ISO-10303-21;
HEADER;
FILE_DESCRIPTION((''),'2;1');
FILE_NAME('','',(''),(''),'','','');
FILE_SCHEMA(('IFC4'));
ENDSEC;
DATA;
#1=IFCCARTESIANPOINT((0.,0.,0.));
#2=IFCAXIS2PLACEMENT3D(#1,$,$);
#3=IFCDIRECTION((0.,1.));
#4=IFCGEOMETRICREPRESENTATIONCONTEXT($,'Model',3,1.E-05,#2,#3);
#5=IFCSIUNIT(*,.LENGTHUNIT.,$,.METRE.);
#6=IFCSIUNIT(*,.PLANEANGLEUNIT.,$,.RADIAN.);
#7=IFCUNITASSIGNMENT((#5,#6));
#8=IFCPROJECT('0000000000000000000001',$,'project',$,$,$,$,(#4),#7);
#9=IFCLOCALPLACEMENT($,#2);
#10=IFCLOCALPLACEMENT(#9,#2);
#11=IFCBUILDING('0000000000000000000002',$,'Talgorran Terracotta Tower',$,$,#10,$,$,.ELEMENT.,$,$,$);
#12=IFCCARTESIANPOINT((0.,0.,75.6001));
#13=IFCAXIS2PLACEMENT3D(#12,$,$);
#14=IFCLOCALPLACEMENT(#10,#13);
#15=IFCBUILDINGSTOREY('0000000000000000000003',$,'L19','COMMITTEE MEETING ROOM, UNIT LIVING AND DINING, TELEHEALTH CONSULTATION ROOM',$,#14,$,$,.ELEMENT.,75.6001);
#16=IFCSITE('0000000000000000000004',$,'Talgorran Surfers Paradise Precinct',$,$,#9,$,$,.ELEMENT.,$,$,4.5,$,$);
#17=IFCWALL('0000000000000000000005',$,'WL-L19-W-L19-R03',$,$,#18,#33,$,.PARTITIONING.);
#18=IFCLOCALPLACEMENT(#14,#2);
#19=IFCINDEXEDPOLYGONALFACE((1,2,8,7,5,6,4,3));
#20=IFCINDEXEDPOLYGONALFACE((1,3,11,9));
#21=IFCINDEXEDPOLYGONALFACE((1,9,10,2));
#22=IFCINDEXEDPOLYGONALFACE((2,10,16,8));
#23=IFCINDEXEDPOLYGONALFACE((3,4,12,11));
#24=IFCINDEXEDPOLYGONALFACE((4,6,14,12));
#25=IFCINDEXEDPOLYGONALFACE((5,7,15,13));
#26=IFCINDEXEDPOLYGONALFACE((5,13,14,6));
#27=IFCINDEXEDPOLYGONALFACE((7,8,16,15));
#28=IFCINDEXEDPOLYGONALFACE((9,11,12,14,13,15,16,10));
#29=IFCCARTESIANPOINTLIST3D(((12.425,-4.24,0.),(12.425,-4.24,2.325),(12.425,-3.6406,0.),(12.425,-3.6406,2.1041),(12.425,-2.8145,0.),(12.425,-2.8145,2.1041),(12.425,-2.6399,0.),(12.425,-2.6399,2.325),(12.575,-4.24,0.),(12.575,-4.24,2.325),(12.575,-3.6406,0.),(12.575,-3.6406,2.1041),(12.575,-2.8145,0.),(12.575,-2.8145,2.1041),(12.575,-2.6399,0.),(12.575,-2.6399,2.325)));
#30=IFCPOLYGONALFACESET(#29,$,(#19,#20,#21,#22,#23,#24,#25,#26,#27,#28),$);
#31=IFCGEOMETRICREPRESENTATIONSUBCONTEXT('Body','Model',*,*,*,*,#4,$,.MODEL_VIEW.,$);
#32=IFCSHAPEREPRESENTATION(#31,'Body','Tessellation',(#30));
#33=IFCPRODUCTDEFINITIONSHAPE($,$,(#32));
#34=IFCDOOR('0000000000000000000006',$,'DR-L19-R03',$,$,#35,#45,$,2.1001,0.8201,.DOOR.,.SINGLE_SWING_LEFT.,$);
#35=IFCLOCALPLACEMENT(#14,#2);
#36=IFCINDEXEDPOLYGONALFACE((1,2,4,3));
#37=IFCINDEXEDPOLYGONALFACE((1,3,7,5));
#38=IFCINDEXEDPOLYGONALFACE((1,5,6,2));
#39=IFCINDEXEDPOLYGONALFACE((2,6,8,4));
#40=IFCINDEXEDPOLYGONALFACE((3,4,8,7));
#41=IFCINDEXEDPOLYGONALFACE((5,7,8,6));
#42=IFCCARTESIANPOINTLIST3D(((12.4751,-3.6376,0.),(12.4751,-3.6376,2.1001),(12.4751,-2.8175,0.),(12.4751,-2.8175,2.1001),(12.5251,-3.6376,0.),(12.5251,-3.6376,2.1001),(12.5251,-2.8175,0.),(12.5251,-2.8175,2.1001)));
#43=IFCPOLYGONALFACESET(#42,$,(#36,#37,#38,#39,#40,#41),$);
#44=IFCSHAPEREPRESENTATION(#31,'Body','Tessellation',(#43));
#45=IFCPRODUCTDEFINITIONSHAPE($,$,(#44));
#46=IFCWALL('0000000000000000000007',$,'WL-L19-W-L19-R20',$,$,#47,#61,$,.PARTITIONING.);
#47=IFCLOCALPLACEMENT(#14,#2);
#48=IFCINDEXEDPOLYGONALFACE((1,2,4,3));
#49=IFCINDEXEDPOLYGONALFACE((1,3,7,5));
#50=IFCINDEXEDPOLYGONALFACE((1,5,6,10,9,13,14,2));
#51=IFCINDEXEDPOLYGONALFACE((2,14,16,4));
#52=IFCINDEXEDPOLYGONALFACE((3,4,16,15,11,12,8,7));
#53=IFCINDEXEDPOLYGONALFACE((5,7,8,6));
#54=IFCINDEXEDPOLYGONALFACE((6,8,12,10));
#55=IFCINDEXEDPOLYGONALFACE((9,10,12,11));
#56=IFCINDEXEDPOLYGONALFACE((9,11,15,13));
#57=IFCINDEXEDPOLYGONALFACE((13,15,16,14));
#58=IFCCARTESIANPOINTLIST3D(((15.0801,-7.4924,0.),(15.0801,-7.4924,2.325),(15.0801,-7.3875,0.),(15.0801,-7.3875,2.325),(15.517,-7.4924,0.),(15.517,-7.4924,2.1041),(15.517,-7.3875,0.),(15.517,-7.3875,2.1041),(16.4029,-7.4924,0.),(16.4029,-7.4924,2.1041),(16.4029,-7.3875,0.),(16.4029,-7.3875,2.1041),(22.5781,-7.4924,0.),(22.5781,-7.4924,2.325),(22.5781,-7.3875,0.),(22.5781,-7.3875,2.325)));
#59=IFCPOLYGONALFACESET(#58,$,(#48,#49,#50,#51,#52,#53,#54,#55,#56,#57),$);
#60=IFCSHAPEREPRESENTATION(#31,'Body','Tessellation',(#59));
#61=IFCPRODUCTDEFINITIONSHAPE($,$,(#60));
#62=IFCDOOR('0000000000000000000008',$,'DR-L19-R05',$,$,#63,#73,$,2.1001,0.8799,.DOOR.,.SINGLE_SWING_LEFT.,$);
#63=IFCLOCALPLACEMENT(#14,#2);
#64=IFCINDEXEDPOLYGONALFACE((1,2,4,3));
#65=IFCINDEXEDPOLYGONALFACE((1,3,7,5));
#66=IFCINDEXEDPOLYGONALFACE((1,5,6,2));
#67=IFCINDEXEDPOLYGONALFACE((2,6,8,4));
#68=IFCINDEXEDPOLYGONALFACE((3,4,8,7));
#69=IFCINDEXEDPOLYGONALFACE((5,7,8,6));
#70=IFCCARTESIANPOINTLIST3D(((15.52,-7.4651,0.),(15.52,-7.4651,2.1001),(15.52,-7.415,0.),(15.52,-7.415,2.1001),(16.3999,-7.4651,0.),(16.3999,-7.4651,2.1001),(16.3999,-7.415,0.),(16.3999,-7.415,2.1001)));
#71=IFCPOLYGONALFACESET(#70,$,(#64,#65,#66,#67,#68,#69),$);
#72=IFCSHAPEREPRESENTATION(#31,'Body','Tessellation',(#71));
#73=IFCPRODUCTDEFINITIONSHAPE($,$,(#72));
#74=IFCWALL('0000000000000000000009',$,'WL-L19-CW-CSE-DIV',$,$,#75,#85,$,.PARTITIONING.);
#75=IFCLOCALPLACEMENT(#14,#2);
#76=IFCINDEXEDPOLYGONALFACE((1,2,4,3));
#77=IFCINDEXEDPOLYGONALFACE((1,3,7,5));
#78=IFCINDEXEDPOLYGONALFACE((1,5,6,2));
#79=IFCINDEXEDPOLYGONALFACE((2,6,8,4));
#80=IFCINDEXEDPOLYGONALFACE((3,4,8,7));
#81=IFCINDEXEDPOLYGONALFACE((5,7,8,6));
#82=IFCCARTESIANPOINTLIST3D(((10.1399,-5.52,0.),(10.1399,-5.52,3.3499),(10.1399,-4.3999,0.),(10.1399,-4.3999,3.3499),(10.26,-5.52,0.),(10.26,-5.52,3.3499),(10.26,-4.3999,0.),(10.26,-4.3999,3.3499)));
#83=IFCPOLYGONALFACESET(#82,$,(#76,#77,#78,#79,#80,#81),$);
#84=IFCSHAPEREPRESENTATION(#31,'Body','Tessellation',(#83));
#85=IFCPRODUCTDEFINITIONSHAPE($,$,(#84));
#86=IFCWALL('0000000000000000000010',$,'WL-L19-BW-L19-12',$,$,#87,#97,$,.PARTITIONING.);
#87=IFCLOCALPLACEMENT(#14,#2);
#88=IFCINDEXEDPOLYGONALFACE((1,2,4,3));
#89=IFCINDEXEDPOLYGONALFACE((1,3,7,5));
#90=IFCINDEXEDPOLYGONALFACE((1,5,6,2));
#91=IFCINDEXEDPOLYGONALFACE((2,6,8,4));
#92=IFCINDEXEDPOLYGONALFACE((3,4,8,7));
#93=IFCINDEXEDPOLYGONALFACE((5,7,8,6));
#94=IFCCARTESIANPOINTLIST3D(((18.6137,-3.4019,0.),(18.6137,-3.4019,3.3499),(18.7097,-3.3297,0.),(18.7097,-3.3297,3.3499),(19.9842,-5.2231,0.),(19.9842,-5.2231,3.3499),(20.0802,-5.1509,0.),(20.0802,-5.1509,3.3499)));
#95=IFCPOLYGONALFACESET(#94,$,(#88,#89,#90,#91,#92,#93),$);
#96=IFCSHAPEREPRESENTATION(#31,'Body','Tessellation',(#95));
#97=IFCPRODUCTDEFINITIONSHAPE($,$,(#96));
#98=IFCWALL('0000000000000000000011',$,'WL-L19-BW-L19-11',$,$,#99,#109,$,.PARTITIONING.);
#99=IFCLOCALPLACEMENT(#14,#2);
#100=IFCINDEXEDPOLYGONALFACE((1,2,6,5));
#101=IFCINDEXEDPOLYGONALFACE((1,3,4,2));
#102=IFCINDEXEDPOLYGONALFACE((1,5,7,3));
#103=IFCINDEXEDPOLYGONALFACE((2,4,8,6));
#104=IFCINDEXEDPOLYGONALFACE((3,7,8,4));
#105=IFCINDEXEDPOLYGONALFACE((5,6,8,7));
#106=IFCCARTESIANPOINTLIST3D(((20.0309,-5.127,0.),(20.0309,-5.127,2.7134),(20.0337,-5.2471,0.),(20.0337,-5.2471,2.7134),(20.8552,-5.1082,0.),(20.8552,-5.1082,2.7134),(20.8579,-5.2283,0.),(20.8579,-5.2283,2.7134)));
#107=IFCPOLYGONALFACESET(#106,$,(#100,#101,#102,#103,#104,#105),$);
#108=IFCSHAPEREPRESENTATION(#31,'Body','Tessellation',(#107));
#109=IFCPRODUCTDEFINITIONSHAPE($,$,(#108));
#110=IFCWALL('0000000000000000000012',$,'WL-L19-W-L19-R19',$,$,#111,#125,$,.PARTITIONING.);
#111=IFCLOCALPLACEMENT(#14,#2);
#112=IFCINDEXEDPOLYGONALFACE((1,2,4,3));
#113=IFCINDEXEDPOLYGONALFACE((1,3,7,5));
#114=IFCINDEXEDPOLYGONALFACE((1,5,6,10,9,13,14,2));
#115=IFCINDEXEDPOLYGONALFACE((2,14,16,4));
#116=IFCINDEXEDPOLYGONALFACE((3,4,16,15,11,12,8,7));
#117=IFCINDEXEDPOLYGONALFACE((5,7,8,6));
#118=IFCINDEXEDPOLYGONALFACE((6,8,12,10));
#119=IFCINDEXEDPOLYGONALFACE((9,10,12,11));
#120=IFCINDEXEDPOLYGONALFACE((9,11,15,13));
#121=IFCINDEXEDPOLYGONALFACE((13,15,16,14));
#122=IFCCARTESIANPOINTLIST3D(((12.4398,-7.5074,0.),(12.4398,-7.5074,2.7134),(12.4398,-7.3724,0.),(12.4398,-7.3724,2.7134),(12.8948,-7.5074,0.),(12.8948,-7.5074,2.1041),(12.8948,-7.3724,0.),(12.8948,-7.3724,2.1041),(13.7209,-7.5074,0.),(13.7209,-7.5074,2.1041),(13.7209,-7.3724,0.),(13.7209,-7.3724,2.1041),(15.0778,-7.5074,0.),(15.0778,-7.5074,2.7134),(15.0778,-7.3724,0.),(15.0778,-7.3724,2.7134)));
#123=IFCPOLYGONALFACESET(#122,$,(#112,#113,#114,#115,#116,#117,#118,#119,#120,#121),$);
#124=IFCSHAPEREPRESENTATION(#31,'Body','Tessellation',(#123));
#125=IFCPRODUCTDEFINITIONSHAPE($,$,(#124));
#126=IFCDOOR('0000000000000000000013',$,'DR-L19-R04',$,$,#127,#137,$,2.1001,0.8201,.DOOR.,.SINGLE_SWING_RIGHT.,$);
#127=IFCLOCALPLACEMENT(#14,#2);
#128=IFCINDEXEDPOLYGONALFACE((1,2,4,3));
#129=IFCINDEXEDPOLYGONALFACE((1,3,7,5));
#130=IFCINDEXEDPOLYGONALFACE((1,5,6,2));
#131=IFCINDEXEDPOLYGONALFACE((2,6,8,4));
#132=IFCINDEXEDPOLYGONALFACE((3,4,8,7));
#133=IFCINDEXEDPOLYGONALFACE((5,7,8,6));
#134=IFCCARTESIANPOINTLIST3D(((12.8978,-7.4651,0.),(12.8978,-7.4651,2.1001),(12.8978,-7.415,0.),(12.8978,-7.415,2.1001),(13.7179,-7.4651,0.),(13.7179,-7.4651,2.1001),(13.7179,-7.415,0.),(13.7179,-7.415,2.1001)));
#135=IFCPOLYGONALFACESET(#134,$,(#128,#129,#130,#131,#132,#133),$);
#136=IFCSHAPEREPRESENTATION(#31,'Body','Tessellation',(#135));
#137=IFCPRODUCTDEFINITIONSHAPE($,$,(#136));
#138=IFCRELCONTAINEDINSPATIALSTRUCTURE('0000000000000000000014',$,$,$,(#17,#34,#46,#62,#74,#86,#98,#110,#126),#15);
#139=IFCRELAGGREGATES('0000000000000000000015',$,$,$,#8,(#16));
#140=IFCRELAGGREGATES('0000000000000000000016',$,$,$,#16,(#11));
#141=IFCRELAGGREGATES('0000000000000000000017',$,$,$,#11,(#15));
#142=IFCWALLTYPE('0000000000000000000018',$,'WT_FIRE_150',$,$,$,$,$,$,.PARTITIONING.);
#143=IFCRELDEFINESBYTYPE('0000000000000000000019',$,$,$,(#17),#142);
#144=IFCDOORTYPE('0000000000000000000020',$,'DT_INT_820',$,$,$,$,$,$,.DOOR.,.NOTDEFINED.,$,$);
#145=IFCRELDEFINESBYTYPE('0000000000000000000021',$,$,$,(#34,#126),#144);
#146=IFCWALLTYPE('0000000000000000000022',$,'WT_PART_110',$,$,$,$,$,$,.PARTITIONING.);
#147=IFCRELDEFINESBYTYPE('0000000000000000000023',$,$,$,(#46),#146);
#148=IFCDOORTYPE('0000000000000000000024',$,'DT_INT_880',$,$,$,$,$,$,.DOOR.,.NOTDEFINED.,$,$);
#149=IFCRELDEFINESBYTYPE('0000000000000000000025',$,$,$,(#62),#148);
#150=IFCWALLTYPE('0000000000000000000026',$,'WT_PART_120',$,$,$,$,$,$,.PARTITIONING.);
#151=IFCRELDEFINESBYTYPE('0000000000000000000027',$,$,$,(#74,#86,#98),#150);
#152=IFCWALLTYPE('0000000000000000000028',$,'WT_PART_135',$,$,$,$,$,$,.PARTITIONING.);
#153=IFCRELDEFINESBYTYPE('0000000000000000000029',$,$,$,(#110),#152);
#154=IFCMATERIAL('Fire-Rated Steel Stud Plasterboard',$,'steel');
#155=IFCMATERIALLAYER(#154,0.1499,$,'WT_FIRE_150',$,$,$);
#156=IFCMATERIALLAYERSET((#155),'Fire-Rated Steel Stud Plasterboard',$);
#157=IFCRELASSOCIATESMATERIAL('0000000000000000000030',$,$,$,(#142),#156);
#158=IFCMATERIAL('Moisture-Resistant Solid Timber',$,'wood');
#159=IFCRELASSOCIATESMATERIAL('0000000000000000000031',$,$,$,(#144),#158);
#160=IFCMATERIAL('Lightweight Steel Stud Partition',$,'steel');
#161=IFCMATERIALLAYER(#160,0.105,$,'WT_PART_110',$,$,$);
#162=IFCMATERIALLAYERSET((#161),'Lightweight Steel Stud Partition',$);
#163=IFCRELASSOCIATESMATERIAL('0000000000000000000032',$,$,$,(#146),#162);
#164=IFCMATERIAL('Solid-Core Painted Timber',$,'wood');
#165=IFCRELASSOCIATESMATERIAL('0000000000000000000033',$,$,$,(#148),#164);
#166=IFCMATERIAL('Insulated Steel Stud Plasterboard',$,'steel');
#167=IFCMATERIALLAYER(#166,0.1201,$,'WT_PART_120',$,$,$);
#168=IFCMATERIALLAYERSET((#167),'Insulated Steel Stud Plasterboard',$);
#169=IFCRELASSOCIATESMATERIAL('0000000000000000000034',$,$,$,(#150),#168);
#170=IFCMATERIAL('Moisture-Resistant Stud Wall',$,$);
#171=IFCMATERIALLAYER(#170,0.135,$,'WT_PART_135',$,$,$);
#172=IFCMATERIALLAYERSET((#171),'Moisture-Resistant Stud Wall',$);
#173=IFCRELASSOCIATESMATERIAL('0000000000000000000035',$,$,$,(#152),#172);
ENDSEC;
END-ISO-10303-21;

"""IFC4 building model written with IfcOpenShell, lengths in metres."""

from ifc_helpers import new_model, si_unit, direction, frame, frame_2d, origin, place, context, subcontext, project, spatial, rectangle, extrude, material, layer, layer_set, type_object, element, fill, save


model = new_model("IFC4")

# Units and contexts
model_context = context("Model", 3, precision=1e-05, world=origin(), true_north=direction((0.0, 1.0)))
body_context = subcontext(model_context, "Body", "Model", "MODEL_VIEW")
ifc_project = project(units=[si_unit("LENGTHUNIT", "METRE"), si_unit("PLANEANGLEUNIT", "RADIAN")], contexts=[model_context])

# Site, building, storey
site_placement = place(None, origin())
site = spatial("IfcSite", under=ifc_project, at=site_placement, Name="Talgorran Surfers Paradise Precinct", CompositionType="ELEMENT", RefElevation=4.5)
building_placement = place(site_placement, origin())
building = spatial("IfcBuilding", under=site, at=building_placement, Name="Talgorran Terracotta Tower", CompositionType="ELEMENT")
storey_placement = place(building_placement, frame((0.0, 0.0, 75.6001)))
storey = spatial("IfcBuildingStorey", under=building, at=storey_placement, Name="L19", Description="COMMITTEE MEETING ROOM, UNIT LIVING AND DINING, TELEHEALTH CONSULTATION ROOM", CompositionType="ELEMENT", Elevation=75.6001)

# Walls, openings, doors
ifc_material_1 = material(Name="Fire-Rated Steel Stud Plasterboard", Category="steel")
ifc_layer_1 = layer(ifc_material_1, 0.1499, Name="WT_FIRE_150")
ifc_layer_set_1 = layer_set([ifc_layer_1], Name="Fire-Rated Steel Stud Plasterboard")
wall_type_1 = type_object("IfcWallType", Name="WT_FIRE_150", PredefinedType="PARTITIONING", material=ifc_layer_set_1)
wall_1_placement = place(storey_placement, frame((12.5, -4.24, 0.0), z_axis=(0.0, 0.0, 1.0), x_axis=(0.0, 1.0, 0.0)))
wall_1 = element("IfcWall", 1, at=wall_1_placement, inside=storey, type_object=wall_type_1, Name="WL-L19-W-L19-R03", PredefinedType="PARTITIONING", context=body_context, shape_type="SweptSolid", body=[
    extrude(rectangle(XDim=1.6001, YDim=0.1499, at=frame_2d((0.8, 0.0))), origin(), (0.0, 0.0, 1.0), 2.325),
])
opening_1_placement = place(wall_1_placement, frame((0.6023, 0.0, 0.0)))
opening_1 = element("IfcOpeningElement", 2, at=opening_1_placement, cuts=wall_1, PredefinedType="OPENING", context=body_context, shape_type="SweptSolid", body=[
    extrude(rectangle(XDim=0.8261, YDim=2.1041, at=frame_2d((0.4102, 1.052))), frame((0.0, 0.085, 0.0), z_axis=(0.0, -1.0, 0.0), x_axis=(1.0, 0.0, 0.0)), (0.0, 0.0, 1.0), 0.1699),
])
ifc_material_2 = material(Name="Moisture-Resistant Solid Timber", Category="wood")
door_type_1 = type_object("IfcDoorType", Name="DT_INT_820", OperationType="NOTDEFINED", PredefinedType="DOOR", material=ifc_material_2)
door_1_placement = place(opening_1_placement, origin())
door_1 = element("IfcDoor", 3, at=door_1_placement, inside=storey, type_object=door_type_1, Name="DR-L19-R03", OperationType="SINGLE_SWING_LEFT", OverallHeight=2.1001, OverallWidth=0.8201, PredefinedType="DOOR", context=body_context, shape_type="SweptSolid", body=[
    extrude(rectangle(XDim=0.8201, YDim=2.1001, at=frame_2d((0.4102, 1.05))), frame((0.0, 0.0249, 0.0), z_axis=(0.0, -1.0, 0.0), x_axis=(1.0, 0.0, 0.0)), (0.0, 0.0, 1.0), 0.05),
])
fill(opening_1, door_1)
ifc_material_3 = material(Name="Lightweight Steel Stud Partition", Category="steel")
ifc_layer_2 = layer(ifc_material_3, 0.105, Name="WT_PART_110")
ifc_layer_set_2 = layer_set([ifc_layer_2], Name="Lightweight Steel Stud Partition")
wall_type_2 = type_object("IfcWallType", Name="WT_PART_110", PredefinedType="PARTITIONING", material=ifc_layer_set_2)
wall_2_placement = place(storey_placement, frame((15.0801, -7.4399, 0.0), z_axis=(0.0, 0.0, 1.0), x_axis=(1.0, 0.0, 0.0)))
wall_2 = element("IfcWall", 4, at=wall_2_placement, inside=storey, type_object=wall_type_2, Name="WL-L19-W-L19-R20", PredefinedType="PARTITIONING", context=body_context, shape_type="SweptSolid", body=[
    extrude(rectangle(XDim=7.498, YDim=0.105, at=frame_2d((3.749, 0.0))), origin(), (0.0, 0.0, 1.0), 2.325),
])
opening_2_placement = place(wall_2_placement, frame((0.4399, 0.0, 0.0)))
opening_2 = element("IfcOpeningElement", 5, at=opening_2_placement, cuts=wall_2, PredefinedType="OPENING", context=body_context, shape_type="SweptSolid", body=[
    extrude(rectangle(XDim=0.8859, YDim=2.1041, at=frame_2d((0.4399, 1.052))), frame((0.0, 0.0625, 0.0), z_axis=(0.0, -1.0, 0.0), x_axis=(1.0, 0.0, 0.0)), (0.0, 0.0, 1.0), 0.125),
])
ifc_material_4 = material(Name="Solid-Core Painted Timber", Category="wood")
door_type_2 = type_object("IfcDoorType", Name="DT_INT_880", OperationType="NOTDEFINED", PredefinedType="DOOR", material=ifc_material_4)
door_2_placement = place(opening_2_placement, origin())
door_2 = element("IfcDoor", 6, at=door_2_placement, inside=storey, type_object=door_type_2, Name="DR-L19-R05", OperationType="SINGLE_SWING_LEFT", OverallHeight=2.1001, OverallWidth=0.8799, PredefinedType="DOOR", context=body_context, shape_type="SweptSolid", body=[
    extrude(rectangle(XDim=0.8799, YDim=2.1001, at=frame_2d((0.4399, 1.05))), frame((0.0, 0.0249, 0.0), z_axis=(0.0, -1.0, 0.0), x_axis=(1.0, 0.0, 0.0)), (0.0, 0.0, 1.0), 0.05),
])
fill(opening_2, door_2)

# Walls
ifc_material_5 = material(Name="Insulated Steel Stud Plasterboard", Category="steel")
ifc_layer_3 = layer(ifc_material_5, 0.1201, Name="WT_PART_120")
ifc_layer_set_3 = layer_set([ifc_layer_3], Name="Insulated Steel Stud Plasterboard")
wall_type_3 = type_object("IfcWallType", Name="WT_PART_120", PredefinedType="PARTITIONING", material=ifc_layer_set_3)
wall_3_placement = place(storey_placement, frame((10.2, -5.52, 0.0), z_axis=(0.0, 0.0, 1.0), x_axis=(0.0, 1.0, 0.0)))
element("IfcWall", 7, at=wall_3_placement, inside=storey, type_object=wall_type_3, Name="WL-L19-CW-CSE-DIV", PredefinedType="PARTITIONING", context=body_context, shape_type="SweptSolid", body=[
    extrude(rectangle(XDim=1.1201, YDim=0.1201, at=frame_2d((0.5601, 0.0))), origin(), (0.0, 0.0, 1.0), 3.3499),
])
wall_4_placement = place(storey_placement, frame((20.0322, -5.187, 0.0), z_axis=(0.0, 0.0, 1.0), x_axis=(-0.601302, 0.799022, 0.0)))
element("IfcWall", 8, at=wall_4_placement, inside=storey, type_object=wall_type_3, Name="WL-L19-BW-L19-12", PredefinedType="PARTITIONING", context=body_context, shape_type="SweptSolid", body=[
    extrude(rectangle(XDim=2.2793, YDim=0.1201, at=frame_2d((1.1396, 0.0))), origin(), (0.0, 0.0, 1.0), 3.3499),
])
wall_5_placement = place(storey_placement, frame((20.8564, -5.1682, 0.0), z_axis=(0.0, 0.0, 1.0), x_axis=(-0.99974, -0.022802, 0.0)))
element("IfcWall", 9, at=wall_5_placement, inside=storey, type_object=wall_type_3, Name="WL-L19-BW-L19-11", PredefinedType="PARTITIONING", context=body_context, shape_type="SweptSolid", body=[
    extrude(rectangle(XDim=0.8245, YDim=0.1201, at=frame_2d((0.4121, 0.0))), origin(), (0.0, 0.0, 1.0), 2.7134),
])

# Wall, opening, door
ifc_material_6 = material(Name="Moisture-Resistant Stud Wall")
ifc_layer_4 = layer(ifc_material_6, 0.135, Name="WT_PART_135")
ifc_layer_set_4 = layer_set([ifc_layer_4], Name="Moisture-Resistant Stud Wall")
wall_type_4 = type_object("IfcWallType", Name="WT_PART_135", PredefinedType="PARTITIONING", material=ifc_layer_set_4)
wall_6_placement = place(storey_placement, frame((12.4399, -7.4399, 0.0), z_axis=(0.0, 0.0, 1.0), x_axis=(1.0, 0.0, 0.0)))
wall_6 = element("IfcWall", 10, at=wall_6_placement, inside=storey, type_object=wall_type_4, Name="WL-L19-W-L19-R19", PredefinedType="PARTITIONING", context=body_context, shape_type="SweptSolid", body=[
    extrude(rectangle(XDim=2.6379, YDim=0.135, at=frame_2d((1.3188, 0.0))), origin(), (0.0, 0.0, 1.0), 2.7134),
])
opening_3_placement = place(wall_6_placement, frame((0.4578, 0.0, 0.0)))
opening_3 = element("IfcOpeningElement", 11, at=opening_3_placement, cuts=wall_6, PredefinedType="OPENING", context=body_context, shape_type="SweptSolid", body=[
    extrude(rectangle(XDim=0.8261, YDim=2.1041, at=frame_2d((0.4102, 1.052))), frame((0.0, 0.0776, 0.0), z_axis=(0.0, -1.0, 0.0), x_axis=(1.0, 0.0, 0.0)), (0.0, 0.0, 1.0), 0.155),
])
door_3_placement = place(opening_3_placement, origin())
door_3 = element("IfcDoor", 12, at=door_3_placement, inside=storey, type_object=door_type_1, Name="DR-L19-R04", OperationType="SINGLE_SWING_RIGHT", OverallHeight=2.1001, OverallWidth=0.8201, PredefinedType="DOOR", context=body_context, shape_type="SweptSolid", body=[
    extrude(rectangle(XDim=0.8201, YDim=2.1001, at=frame_2d((0.4102, 1.05))), frame((0.0, 0.0249, 0.0), z_axis=(0.0, -1.0, 0.0), x_axis=(1.0, 0.0, 0.0)), (0.0, 0.0, 1.0), 0.05),
])
fill(opening_3, door_3)

save(model, "model.ifc")
